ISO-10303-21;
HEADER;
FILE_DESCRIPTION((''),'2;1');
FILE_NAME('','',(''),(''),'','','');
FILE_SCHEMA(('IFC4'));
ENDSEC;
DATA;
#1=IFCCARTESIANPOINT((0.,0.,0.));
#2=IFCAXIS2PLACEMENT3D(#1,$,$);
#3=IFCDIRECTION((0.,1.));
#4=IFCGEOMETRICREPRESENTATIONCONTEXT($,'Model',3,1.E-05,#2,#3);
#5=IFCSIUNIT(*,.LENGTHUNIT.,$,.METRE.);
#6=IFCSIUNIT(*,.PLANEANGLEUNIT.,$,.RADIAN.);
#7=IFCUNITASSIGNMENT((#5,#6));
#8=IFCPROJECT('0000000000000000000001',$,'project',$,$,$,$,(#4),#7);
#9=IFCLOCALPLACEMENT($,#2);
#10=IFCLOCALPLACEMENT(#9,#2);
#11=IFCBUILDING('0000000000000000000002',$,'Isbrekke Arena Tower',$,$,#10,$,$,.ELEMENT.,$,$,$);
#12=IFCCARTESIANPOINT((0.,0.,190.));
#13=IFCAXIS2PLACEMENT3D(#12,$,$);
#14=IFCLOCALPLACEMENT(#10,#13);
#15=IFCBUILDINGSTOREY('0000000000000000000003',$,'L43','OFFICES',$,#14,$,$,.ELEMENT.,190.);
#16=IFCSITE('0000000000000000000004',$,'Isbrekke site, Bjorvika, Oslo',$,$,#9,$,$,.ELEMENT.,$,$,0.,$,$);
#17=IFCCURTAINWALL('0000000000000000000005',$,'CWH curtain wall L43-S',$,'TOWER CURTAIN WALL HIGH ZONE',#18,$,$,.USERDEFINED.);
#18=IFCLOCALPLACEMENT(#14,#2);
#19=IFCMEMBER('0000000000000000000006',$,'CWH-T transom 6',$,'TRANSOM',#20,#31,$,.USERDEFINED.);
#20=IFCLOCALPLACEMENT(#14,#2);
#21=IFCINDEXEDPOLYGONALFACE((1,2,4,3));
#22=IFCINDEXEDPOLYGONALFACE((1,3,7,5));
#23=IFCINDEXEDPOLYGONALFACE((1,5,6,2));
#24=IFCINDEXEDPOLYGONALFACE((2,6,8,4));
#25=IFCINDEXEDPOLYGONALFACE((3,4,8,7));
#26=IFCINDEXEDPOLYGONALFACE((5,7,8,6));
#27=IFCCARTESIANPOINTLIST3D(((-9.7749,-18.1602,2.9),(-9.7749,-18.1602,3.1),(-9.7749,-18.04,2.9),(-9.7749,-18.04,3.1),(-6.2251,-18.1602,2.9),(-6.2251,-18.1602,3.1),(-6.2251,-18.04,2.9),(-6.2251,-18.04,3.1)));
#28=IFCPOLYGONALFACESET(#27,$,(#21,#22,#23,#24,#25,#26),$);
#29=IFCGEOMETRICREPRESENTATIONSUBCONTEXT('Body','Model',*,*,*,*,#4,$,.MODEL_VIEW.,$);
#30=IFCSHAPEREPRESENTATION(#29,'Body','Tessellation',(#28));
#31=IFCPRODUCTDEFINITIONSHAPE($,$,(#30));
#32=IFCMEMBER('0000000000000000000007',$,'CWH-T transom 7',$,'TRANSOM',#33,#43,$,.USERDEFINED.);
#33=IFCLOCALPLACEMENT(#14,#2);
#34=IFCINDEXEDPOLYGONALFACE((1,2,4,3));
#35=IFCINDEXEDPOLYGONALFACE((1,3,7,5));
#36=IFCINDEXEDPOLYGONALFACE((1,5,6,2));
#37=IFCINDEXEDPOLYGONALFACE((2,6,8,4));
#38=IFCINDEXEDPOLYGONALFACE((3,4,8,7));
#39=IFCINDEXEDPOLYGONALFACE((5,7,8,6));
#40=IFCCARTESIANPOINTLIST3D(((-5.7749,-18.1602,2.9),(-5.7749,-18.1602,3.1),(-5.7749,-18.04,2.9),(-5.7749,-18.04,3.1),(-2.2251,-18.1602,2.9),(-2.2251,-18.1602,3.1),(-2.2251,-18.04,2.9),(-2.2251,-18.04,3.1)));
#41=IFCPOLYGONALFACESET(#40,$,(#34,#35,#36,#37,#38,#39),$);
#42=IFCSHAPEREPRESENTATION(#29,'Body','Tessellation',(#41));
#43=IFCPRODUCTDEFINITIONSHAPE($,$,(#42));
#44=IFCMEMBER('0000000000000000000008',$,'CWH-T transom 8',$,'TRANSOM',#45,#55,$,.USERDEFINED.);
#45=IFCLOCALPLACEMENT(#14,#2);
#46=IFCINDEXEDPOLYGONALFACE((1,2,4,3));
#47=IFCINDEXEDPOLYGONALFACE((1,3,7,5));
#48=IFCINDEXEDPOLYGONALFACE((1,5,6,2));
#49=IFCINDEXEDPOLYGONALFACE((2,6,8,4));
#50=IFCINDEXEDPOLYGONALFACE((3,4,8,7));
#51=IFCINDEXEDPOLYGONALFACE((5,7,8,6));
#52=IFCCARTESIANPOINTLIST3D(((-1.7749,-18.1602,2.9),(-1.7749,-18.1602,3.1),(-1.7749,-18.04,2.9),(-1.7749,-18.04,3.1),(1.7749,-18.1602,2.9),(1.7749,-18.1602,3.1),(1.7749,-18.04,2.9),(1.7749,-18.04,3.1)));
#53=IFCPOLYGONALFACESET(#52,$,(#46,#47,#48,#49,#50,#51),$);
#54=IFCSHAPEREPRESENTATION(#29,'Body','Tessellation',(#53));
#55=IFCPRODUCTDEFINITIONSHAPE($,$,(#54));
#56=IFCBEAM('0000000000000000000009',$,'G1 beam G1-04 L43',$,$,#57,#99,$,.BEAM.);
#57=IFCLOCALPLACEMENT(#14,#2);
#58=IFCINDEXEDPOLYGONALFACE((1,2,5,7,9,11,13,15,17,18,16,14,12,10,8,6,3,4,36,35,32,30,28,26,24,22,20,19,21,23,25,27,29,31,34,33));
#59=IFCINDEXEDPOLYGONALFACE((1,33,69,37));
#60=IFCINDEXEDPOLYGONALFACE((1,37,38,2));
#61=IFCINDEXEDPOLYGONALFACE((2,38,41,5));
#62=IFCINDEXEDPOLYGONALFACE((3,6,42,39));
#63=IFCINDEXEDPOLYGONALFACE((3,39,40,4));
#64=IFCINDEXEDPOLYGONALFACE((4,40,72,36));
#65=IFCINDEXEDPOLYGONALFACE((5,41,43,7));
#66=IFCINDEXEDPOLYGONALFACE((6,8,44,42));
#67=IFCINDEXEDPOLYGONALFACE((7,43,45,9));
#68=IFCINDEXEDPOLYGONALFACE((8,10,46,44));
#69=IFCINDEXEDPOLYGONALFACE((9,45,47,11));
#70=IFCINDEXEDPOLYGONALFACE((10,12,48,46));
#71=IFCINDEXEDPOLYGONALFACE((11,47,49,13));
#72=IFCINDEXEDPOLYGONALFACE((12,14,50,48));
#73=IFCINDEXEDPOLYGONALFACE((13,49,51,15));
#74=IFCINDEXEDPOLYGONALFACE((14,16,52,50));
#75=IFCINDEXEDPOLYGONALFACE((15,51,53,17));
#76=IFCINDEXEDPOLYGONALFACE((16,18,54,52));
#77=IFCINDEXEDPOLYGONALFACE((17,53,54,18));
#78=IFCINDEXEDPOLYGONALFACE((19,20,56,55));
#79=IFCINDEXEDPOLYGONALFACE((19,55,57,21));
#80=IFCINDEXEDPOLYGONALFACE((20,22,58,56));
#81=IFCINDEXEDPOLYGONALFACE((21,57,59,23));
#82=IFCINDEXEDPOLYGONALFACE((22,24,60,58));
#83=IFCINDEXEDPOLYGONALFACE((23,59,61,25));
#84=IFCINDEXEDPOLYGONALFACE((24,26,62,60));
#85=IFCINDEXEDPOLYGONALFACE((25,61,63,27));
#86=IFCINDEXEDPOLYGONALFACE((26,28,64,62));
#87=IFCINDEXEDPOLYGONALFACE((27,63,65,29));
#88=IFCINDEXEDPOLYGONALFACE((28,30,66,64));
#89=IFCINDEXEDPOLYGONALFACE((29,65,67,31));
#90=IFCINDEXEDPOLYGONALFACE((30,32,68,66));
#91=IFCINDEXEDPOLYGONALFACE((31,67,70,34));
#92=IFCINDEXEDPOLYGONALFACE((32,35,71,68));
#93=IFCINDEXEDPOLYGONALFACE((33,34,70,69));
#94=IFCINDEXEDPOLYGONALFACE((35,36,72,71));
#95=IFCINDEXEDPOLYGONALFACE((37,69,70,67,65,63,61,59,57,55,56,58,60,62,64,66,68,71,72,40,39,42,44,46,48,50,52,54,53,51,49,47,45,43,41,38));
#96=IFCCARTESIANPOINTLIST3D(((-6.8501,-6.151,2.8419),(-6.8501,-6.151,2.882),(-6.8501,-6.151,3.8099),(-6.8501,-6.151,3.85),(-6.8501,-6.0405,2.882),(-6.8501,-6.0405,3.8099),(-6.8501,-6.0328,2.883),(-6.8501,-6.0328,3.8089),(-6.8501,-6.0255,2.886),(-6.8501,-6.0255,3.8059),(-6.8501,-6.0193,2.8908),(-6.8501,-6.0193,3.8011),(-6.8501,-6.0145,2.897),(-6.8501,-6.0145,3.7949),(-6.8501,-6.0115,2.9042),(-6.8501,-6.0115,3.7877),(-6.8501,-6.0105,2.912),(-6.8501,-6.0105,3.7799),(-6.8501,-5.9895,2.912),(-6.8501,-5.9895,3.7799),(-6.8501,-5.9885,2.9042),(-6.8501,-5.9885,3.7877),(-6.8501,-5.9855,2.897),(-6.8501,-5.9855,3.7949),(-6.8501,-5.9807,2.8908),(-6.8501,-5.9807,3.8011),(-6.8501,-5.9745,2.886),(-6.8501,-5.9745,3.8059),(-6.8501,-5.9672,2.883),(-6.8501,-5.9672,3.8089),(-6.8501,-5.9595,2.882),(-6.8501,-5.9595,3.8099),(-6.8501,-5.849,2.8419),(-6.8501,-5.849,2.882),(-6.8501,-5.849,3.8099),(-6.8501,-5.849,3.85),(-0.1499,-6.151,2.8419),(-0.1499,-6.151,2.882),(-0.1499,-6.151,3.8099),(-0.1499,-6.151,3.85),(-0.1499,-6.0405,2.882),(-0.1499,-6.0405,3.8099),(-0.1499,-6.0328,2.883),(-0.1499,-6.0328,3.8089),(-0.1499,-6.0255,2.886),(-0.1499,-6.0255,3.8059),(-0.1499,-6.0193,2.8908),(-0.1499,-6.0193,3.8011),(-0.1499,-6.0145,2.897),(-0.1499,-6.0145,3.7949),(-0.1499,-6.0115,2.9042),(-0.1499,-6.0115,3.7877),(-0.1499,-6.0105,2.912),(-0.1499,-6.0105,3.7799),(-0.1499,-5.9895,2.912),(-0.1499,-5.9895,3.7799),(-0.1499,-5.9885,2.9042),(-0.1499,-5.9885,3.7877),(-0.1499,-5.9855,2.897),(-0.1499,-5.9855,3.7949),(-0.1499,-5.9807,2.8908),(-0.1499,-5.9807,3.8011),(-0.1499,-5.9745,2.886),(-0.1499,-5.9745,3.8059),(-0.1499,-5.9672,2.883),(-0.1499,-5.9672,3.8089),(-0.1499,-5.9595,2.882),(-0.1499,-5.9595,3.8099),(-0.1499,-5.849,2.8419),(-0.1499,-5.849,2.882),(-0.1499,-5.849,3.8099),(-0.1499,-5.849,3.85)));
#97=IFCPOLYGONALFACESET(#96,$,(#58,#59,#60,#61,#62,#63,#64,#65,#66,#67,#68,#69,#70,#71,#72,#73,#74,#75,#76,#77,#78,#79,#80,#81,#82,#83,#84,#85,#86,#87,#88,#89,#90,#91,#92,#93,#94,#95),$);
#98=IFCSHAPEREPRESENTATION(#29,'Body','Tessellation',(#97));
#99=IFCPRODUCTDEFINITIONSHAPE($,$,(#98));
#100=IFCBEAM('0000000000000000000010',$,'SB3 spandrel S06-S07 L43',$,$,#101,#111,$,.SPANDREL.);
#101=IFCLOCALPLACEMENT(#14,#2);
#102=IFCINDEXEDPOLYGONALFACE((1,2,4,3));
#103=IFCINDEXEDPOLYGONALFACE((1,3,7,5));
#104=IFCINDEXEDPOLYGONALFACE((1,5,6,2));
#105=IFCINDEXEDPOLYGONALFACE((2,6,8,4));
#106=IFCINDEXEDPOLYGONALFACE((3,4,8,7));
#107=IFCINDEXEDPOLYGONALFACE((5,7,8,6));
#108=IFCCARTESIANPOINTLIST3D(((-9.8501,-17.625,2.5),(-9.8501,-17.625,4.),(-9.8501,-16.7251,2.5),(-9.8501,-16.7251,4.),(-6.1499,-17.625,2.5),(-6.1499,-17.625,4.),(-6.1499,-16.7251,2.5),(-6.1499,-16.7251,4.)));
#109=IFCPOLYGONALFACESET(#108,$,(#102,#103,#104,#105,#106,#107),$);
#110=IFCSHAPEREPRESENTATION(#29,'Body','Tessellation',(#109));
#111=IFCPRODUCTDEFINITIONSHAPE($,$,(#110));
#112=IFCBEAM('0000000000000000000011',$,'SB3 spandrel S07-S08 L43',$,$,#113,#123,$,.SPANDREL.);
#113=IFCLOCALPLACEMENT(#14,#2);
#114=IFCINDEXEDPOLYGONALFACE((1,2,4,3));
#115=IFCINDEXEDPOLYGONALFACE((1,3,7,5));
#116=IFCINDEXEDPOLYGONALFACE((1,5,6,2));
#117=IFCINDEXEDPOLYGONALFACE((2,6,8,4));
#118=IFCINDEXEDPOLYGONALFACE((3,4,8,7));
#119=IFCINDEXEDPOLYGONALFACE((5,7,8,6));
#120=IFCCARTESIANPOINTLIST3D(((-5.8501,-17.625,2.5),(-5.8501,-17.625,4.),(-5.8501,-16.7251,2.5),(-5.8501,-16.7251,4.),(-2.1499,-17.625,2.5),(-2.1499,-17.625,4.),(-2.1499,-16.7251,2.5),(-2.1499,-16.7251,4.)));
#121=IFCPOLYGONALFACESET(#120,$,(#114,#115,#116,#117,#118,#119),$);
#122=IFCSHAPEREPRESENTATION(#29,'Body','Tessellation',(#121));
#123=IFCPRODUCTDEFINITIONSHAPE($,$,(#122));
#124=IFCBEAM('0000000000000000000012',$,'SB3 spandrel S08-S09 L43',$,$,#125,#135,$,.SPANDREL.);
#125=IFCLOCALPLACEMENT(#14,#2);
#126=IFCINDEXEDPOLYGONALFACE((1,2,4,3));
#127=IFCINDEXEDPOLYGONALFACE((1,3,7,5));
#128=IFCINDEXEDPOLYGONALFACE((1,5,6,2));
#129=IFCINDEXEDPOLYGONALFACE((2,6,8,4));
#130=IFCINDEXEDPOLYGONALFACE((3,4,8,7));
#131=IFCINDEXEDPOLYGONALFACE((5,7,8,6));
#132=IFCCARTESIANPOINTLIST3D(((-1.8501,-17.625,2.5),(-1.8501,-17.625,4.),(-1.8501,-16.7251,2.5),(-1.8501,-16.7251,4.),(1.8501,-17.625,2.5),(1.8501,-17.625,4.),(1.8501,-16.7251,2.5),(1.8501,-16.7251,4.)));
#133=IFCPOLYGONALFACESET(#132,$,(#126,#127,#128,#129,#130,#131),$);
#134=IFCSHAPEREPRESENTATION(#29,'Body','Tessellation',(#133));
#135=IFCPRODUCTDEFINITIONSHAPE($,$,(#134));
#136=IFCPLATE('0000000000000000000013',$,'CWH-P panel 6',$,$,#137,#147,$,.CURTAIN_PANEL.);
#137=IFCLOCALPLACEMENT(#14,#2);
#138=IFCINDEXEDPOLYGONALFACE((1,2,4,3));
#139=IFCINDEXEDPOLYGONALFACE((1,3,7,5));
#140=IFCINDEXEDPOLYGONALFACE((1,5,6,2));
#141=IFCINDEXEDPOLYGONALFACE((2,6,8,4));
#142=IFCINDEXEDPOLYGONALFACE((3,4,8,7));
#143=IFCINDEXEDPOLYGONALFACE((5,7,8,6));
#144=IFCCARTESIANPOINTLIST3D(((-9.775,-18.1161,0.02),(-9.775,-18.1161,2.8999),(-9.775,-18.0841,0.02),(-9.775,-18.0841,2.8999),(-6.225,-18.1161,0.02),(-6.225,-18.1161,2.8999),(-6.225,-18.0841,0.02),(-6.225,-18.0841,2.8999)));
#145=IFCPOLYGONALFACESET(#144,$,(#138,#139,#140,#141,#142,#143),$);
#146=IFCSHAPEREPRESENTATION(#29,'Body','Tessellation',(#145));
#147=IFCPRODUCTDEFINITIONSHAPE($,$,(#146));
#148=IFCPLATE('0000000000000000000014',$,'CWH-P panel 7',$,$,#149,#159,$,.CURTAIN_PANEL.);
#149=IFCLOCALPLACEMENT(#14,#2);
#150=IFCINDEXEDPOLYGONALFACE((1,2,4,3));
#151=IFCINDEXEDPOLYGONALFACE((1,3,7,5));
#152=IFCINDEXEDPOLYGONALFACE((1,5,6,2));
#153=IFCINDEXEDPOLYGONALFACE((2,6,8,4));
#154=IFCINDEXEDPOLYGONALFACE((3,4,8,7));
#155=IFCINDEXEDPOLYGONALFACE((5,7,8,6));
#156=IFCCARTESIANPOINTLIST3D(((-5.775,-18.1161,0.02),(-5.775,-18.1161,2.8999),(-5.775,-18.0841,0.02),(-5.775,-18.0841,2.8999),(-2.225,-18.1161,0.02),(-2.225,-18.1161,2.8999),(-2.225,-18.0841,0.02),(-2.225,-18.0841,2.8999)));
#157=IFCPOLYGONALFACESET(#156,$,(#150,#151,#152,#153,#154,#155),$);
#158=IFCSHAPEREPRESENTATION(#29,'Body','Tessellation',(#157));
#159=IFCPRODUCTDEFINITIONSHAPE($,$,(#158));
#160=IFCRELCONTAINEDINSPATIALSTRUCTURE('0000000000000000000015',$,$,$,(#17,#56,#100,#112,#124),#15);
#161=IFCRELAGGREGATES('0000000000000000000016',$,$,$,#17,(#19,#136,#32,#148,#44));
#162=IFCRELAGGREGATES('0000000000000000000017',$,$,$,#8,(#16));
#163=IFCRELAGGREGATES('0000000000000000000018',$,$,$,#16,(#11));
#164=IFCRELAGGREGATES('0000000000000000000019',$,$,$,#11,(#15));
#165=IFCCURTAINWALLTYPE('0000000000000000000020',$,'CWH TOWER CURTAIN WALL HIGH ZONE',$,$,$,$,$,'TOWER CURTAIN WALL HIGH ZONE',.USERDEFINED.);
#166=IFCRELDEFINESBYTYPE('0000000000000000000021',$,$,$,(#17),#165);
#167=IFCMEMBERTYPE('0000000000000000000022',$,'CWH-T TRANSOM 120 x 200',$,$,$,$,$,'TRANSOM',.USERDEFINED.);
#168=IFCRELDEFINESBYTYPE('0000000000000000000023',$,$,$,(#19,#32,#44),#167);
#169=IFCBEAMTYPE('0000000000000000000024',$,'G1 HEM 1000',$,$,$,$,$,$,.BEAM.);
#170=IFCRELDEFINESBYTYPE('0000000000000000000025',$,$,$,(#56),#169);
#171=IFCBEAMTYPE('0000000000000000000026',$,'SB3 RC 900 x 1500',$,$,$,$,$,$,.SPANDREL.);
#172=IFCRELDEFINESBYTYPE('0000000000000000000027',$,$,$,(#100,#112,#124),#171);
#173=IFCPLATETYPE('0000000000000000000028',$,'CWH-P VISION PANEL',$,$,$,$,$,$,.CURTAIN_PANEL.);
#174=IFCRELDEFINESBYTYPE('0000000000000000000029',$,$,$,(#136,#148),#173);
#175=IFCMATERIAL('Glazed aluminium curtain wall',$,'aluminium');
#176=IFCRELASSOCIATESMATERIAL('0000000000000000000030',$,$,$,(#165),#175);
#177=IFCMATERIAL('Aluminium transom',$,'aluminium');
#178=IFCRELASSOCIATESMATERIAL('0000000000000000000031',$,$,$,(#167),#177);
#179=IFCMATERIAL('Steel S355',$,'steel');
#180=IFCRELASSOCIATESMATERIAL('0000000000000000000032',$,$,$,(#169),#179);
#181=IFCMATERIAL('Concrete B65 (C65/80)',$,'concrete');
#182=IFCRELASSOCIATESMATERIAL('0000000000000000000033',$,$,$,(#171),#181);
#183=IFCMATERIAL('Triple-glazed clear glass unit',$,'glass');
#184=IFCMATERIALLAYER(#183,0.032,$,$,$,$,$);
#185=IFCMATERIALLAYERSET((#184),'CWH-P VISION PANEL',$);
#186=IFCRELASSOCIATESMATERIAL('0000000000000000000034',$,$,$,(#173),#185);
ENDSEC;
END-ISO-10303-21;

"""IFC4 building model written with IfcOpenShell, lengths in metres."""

from ifc_helpers import new_model, si_unit, direction, frame, origin, origin_2d, place, context, subcontext, project, spatial, rectangle, i_section, extrude, material, layer, layer_set, material_profile, profile_set, type_object, element, aggregate, save


model = new_model("IFC4")

# Units and contexts
model_context = context("Model", 3, precision=1e-05, world=origin(), true_north=direction((0.0, 1.0)))
body_context = subcontext(model_context, "Body", "Model", "MODEL_VIEW")
ifc_project = project(units=[si_unit("LENGTHUNIT", "METRE"), si_unit("PLANEANGLEUNIT", "RADIAN")], contexts=[model_context])

# Site, building, storey
site_placement = place(None, origin())
site = spatial("IfcSite", under=ifc_project, at=site_placement, Name="Isbrekke site, Bjorvika, Oslo", CompositionType="ELEMENT", RefElevation=0.0)
building_placement = place(site_placement, origin())
building = spatial("IfcBuilding", under=site, at=building_placement, Name="Isbrekke Arena Tower", CompositionType="ELEMENT")
storey_placement = place(building_placement, frame((0.0, 0.0, 190.0)))
storey = spatial("IfcBuildingStorey", under=building, at=storey_placement, Name="L43", Description="OFFICES", CompositionType="ELEMENT", Elevation=190.0)

# Curtain wall, members
ifc_material_1 = material(Name="Glazed aluminium curtain wall", Category="aluminium")
curtain_wall_type = type_object("IfcCurtainWallType", Name="CWH TOWER CURTAIN WALL HIGH ZONE", ElementType="TOWER CURTAIN WALL HIGH ZONE", PredefinedType="USERDEFINED", material=ifc_material_1)
curtain_wall_placement = place(storey_placement, origin())
curtain_wall = element("IfcCurtainWall", 1, at=curtain_wall_placement, inside=storey, type_object=curtain_wall_type, Name="CWH curtain wall L43-S", ObjectType="TOWER CURTAIN WALL HIGH ZONE", PredefinedType="USERDEFINED")
ifc_material_2 = material(Name="Aluminium transom", Category="aluminium")
ifc_material_profile_1 = material_profile(ifc_material_2, rectangle(XDim=0.1201, YDim=0.2, at=origin_2d()), Name="TRANSOM 120X200")
ifc_profile_set_1 = profile_set([ifc_material_profile_1], Name="Aluminium transom")
member_type_1 = type_object("IfcMemberType", Name="CWH-T TRANSOM 120 x 200", ElementType="TRANSOM", PredefinedType="USERDEFINED", material=ifc_profile_set_1)
member_1_placement = place(storey_placement, frame((-9.7749, -18.1001, 3.0), z_axis=(1.0, 0.0, 0.0), x_axis=(0.0, 1.0, 0.0)))
member_1 = element("IfcMember", 2, at=member_1_placement, type_object=member_type_1, Name="CWH-T transom 6", ObjectType="TRANSOM", PredefinedType="USERDEFINED", context=body_context, shape_type="SweptSolid", body=[
    extrude(rectangle(XDim=0.1201, YDim=0.2, at=origin_2d()), origin(), (0.0, 0.0, 1.0), 3.5498),
])
member_2_placement = place(storey_placement, frame((-5.7749, -18.1001, 3.0), z_axis=(1.0, 0.0, 0.0), x_axis=(0.0, 1.0, 0.0)))
member_2 = element("IfcMember", 3, at=member_2_placement, type_object=member_type_1, Name="CWH-T transom 7", ObjectType="TRANSOM", PredefinedType="USERDEFINED", context=body_context, shape_type="SweptSolid", body=[
    extrude(rectangle(XDim=0.1201, YDim=0.2, at=origin_2d()), origin(), (0.0, 0.0, 1.0), 3.5498),
])
member_3_placement = place(storey_placement, frame((-1.7749, -18.1001, 3.0), z_axis=(1.0, 0.0, 0.0), x_axis=(0.0, 1.0, 0.0)))
member_3 = element("IfcMember", 4, at=member_3_placement, type_object=member_type_1, Name="CWH-T transom 8", ObjectType="TRANSOM", PredefinedType="USERDEFINED", context=body_context, shape_type="SweptSolid", body=[
    extrude(rectangle(XDim=0.1201, YDim=0.2, at=origin_2d()), origin(), (0.0, 0.0, 1.0), 3.5498),
])

# Beams
ifc_material_3 = material(Name="Steel S355", Category="steel")
ifc_material_profile_2 = material_profile(ifc_material_3, i_section(OverallWidth=0.302, OverallDepth=1.0081, WebThickness=0.021, FlangeThickness=0.04, FilletRadius=0.03, at=origin_2d()), Name="HEM 1000")
ifc_profile_set_2 = profile_set([ifc_material_profile_2], Name="Steel S355")
beam_type_1 = type_object("IfcBeamType", Name="G1 HEM 1000", PredefinedType="BEAM", material=ifc_profile_set_2)
beam_1_placement = place(storey_placement, frame((-6.8501, -6.0, 3.3459), z_axis=(1.0, 0.0, 0.0), x_axis=(0.0, 1.0, 0.0)))
element("IfcBeam", 5, at=beam_1_placement, inside=storey, type_object=beam_type_1, Name="G1 beam G1-04 L43", PredefinedType="BEAM", context=body_context, shape_type="SweptSolid", body=[
    extrude(i_section(OverallWidth=0.302, OverallDepth=1.0081, WebThickness=0.021, FlangeThickness=0.04, FilletRadius=0.03, at=origin_2d()), origin(), (0.0, 0.0, 1.0), 6.7002),
])
ifc_material_4 = material(Name="Concrete B65 (C65/80)", Category="concrete")
ifc_material_profile_3 = material_profile(ifc_material_4, rectangle(XDim=0.8999, YDim=1.5, at=origin_2d()), Name="RC 900x1500")
ifc_profile_set_3 = profile_set([ifc_material_profile_3], Name="Concrete B65 (C65/80)")
beam_type_2 = type_object("IfcBeamType", Name="SB3 RC 900 x 1500", PredefinedType="SPANDREL", material=ifc_profile_set_3)
for number, where, z_axis, x_axis, name in (
    (6, (-9.8501, -17.175, 3.25), (1.0, 0.0, 0.0), (0.0, 1.0, 0.0), "SB3 spandrel S06-S07 L43"),
    (7, (-5.8501, -17.175, 3.25), (1.0, 0.0, 0.0), (0.0, 1.0, 0.0), "SB3 spandrel S07-S08 L43"),
    (8, (-1.8501, -17.175, 3.25), (1.0, 0.0, 0.0), (0.0, 1.0, 0.0), "SB3 spandrel S08-S09 L43"),
):
    element("IfcBeam", number, at=place(storey_placement, frame(where, z_axis=z_axis, x_axis=x_axis)), inside=storey, type_object=beam_type_2, Name=name, PredefinedType="SPANDREL", context=body_context, shape_type="SweptSolid", body=[
        extrude(rectangle(XDim=0.8999, YDim=1.5, at=origin_2d()), origin(), (0.0, 0.0, 1.0), 3.7002),
    ])

# Plates
ifc_material_5 = material(Name="Triple-glazed clear glass unit", Category="glass")
ifc_layer_1 = layer(ifc_material_5, 0.032)
ifc_layer_set_1 = layer_set([ifc_layer_1], Name="CWH-P VISION PANEL")
plate_type = type_object("IfcPlateType", Name="CWH-P VISION PANEL", PredefinedType="CURTAIN_PANEL", material=ifc_layer_set_1)
plate_1_placement = place(storey_placement, frame((-8.0, -18.1001, 0.02), z_axis=(0.0, 0.0, 1.0), x_axis=(1.0, 0.0, 0.0)))
plate_1 = element("IfcPlate", 9, at=plate_1_placement, type_object=plate_type, Name="CWH-P panel 6", PredefinedType="CURTAIN_PANEL", context=body_context, shape_type="SweptSolid", body=[
    extrude(rectangle(XDim=3.55, YDim=0.032, at=origin_2d()), origin(), (0.0, 0.0, 1.0), 2.8799),
])
plate_2_placement = place(storey_placement, frame((-4.0, -18.1001, 0.02), z_axis=(0.0, 0.0, 1.0), x_axis=(1.0, 0.0, 0.0)))
plate_2 = element("IfcPlate", 10, at=plate_2_placement, type_object=plate_type, Name="CWH-P panel 7", PredefinedType="CURTAIN_PANEL", context=body_context, shape_type="SweptSolid", body=[
    extrude(rectangle(XDim=3.55, YDim=0.032, at=origin_2d()), origin(), (0.0, 0.0, 1.0), 2.8799),
])
aggregate(curtain_wall, [member_1, plate_1, member_2, plate_2, member_3])

save(model, "model.ifc")
